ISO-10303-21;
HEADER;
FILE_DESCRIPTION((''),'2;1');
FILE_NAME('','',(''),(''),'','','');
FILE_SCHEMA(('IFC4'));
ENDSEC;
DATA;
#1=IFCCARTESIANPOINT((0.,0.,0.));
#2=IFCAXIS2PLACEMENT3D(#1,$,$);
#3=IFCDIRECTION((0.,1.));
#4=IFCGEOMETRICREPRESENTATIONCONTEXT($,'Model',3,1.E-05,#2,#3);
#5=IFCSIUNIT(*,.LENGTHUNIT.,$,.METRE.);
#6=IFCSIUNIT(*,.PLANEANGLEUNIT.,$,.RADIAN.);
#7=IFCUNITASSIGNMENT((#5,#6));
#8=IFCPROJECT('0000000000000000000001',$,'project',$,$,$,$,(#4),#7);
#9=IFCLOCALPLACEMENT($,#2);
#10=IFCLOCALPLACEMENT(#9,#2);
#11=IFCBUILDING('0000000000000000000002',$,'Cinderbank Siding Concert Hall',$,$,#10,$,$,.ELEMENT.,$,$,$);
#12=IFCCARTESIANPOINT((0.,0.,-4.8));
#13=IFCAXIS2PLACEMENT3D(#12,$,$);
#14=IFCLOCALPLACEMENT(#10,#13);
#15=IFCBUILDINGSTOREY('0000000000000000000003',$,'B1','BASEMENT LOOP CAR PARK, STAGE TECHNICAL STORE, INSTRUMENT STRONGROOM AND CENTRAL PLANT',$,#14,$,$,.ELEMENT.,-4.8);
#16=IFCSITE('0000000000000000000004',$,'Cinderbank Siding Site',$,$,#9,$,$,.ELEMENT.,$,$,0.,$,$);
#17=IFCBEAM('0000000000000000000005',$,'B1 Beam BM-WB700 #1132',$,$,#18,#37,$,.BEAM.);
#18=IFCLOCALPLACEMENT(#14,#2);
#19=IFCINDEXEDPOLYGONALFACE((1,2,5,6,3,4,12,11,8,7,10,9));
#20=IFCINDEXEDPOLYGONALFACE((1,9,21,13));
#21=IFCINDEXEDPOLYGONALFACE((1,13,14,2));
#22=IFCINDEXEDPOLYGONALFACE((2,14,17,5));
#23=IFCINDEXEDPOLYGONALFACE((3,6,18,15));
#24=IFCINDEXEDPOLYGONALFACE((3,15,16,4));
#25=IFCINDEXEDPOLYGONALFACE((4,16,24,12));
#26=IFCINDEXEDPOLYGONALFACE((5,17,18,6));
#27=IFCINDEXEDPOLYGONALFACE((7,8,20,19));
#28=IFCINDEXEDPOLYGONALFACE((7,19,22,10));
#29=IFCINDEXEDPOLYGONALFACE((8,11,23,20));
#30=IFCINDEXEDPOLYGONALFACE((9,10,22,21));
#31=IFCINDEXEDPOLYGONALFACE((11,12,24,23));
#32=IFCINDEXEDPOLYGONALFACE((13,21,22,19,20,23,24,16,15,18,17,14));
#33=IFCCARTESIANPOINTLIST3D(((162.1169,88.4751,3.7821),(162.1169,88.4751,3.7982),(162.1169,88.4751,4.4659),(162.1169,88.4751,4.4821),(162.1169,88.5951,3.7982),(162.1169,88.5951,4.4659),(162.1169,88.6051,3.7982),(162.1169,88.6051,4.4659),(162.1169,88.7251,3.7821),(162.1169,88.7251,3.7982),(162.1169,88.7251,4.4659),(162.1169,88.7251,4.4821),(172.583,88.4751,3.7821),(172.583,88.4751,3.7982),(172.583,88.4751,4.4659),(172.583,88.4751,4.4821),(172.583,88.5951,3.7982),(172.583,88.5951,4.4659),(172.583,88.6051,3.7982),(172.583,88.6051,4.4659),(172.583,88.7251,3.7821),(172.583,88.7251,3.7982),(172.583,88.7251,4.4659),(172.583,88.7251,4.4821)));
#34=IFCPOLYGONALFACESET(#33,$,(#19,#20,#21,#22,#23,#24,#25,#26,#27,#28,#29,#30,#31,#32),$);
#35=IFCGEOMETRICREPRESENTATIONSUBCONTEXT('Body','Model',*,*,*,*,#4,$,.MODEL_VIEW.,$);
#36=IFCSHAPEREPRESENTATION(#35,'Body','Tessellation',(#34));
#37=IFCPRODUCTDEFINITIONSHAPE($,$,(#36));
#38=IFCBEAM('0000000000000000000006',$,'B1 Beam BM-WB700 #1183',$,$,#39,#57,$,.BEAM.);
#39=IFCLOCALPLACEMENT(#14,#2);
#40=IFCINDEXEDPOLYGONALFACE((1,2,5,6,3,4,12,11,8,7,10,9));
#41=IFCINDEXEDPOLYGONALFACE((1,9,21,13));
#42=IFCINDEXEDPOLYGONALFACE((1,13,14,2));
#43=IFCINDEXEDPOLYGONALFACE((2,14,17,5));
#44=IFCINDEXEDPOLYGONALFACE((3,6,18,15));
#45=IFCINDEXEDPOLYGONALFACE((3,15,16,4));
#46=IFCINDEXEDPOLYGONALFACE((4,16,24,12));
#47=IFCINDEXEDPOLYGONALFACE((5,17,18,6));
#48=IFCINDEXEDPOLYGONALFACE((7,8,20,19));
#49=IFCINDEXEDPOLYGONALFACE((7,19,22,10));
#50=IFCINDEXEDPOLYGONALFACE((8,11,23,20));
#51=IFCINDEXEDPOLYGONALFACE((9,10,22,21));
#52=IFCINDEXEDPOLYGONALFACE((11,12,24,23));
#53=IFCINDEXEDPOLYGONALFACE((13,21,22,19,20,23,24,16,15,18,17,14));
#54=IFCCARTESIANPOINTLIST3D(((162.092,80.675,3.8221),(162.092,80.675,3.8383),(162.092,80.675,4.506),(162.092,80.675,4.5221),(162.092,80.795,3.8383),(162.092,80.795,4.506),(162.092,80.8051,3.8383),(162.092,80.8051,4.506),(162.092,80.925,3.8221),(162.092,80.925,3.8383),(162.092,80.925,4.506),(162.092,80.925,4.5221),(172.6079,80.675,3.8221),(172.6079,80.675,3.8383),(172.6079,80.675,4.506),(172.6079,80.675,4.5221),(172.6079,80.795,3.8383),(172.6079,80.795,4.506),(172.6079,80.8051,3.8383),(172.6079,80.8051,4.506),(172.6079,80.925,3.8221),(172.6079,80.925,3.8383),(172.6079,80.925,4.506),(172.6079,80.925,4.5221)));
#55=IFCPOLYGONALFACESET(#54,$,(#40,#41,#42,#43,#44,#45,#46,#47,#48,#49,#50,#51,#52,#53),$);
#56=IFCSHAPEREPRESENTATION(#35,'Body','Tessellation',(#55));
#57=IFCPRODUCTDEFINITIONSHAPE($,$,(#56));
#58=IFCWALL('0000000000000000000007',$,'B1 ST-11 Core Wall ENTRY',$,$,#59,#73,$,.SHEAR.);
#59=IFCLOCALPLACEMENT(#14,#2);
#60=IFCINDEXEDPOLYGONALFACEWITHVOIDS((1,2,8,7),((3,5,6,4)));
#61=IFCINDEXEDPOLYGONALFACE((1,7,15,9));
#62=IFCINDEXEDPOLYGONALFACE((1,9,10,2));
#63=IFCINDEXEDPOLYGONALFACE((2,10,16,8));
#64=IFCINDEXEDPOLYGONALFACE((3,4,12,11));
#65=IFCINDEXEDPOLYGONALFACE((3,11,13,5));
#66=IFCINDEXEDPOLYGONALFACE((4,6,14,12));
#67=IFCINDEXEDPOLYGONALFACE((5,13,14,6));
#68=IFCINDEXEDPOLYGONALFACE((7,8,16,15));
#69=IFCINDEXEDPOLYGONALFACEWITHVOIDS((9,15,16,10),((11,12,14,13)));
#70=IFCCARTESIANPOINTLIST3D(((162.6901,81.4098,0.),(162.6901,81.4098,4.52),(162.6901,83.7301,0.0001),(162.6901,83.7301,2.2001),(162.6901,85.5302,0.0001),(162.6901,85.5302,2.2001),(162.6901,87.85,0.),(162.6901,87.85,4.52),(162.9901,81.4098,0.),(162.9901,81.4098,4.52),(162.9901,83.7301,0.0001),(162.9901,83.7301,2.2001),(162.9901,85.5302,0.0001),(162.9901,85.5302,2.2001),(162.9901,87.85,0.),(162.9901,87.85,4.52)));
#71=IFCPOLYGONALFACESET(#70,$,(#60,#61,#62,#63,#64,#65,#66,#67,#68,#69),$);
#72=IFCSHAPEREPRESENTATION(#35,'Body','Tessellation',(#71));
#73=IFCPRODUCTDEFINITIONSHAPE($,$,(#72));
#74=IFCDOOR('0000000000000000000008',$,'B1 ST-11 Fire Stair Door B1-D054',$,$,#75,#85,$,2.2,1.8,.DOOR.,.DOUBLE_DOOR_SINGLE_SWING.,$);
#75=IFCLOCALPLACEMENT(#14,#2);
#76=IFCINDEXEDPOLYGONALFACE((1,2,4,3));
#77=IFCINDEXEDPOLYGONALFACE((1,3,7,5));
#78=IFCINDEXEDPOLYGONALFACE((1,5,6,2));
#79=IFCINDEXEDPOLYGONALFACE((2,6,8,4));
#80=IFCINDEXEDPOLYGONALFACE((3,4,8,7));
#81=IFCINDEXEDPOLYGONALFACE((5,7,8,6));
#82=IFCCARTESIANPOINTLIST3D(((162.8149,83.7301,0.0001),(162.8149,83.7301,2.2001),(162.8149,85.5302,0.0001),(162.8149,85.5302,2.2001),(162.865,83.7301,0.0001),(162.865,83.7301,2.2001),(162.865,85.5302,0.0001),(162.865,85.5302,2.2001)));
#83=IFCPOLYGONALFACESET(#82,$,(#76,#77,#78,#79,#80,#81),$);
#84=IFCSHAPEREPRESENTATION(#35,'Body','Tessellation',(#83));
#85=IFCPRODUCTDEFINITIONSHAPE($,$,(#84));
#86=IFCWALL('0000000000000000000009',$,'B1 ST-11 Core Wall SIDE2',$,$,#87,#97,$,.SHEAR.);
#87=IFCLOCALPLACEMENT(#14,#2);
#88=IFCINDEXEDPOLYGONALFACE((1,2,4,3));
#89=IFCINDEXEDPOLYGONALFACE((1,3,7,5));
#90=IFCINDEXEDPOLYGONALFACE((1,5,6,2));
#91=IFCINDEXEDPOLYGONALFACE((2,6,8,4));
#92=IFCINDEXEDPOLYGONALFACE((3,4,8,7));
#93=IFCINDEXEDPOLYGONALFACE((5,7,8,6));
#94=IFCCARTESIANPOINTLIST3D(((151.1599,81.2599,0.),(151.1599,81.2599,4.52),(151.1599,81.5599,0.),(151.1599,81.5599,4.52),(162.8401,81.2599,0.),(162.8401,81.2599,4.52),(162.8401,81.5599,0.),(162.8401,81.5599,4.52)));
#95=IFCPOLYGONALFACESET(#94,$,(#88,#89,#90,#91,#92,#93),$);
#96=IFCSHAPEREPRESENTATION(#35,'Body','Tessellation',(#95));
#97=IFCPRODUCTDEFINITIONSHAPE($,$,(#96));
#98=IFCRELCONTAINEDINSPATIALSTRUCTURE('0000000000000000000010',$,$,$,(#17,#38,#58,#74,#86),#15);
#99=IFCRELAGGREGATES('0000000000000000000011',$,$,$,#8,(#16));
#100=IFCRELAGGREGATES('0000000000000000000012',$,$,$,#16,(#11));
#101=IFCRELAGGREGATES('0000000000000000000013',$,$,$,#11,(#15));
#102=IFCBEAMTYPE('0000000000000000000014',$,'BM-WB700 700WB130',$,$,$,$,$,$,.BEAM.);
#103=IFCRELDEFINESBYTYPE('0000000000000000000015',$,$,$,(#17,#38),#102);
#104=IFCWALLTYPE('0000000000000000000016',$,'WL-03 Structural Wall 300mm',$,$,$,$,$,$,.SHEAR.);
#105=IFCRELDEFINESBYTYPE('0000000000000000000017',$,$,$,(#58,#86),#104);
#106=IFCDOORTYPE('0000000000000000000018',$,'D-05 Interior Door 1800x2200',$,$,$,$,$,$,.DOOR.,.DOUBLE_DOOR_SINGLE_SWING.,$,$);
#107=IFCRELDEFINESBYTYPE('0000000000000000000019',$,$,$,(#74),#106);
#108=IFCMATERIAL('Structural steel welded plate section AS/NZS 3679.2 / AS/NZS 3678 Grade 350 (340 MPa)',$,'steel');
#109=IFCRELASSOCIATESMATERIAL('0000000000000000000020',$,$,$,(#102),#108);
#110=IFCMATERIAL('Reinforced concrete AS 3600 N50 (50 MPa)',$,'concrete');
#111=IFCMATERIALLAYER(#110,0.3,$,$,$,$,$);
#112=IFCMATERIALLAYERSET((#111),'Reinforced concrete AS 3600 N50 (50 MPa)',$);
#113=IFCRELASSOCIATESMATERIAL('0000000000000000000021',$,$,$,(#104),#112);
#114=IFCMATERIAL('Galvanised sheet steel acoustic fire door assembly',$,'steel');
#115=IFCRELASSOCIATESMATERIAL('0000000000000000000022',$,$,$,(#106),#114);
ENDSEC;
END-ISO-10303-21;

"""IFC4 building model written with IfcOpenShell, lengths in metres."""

from ifc_helpers import new_model, si_unit, direction, frame, frame_2d, origin, origin_2d, place, context, subcontext, project, spatial, rectangle, i_section, extrude, material, layer, layer_set, material_profile, profile_set, type_object, element, fill, save


model = new_model("IFC4")

# Units and contexts
model_context = context("Model", 3, precision=1e-05, world=origin(), true_north=direction((0.0, 1.0)))
body_context = subcontext(model_context, "Body", "Model", "MODEL_VIEW")
ifc_project = project(units=[si_unit("LENGTHUNIT", "METRE"), si_unit("PLANEANGLEUNIT", "RADIAN")], contexts=[model_context])

# Site, building, storey
site_placement = place(None, origin())
site = spatial("IfcSite", under=ifc_project, at=site_placement, Name="Cinderbank Siding Site", CompositionType="ELEMENT", RefElevation=0.0)
building_placement = place(site_placement, origin())
building = spatial("IfcBuilding", under=site, at=building_placement, Name="Cinderbank Siding Concert Hall", CompositionType="ELEMENT")
storey_placement = place(building_placement, frame((0.0, 0.0, -4.8)))
storey = spatial("IfcBuildingStorey", under=building, at=storey_placement, Name="B1", Description="BASEMENT LOOP CAR PARK, STAGE TECHNICAL STORE, INSTRUMENT STRONGROOM AND CENTRAL PLANT", CompositionType="ELEMENT", Elevation=-4.8)

# Shared definitions
ifc_material_1 = material(Name="Reinforced concrete AS 3600 N50 (50 MPa)", Category="concrete")

# Beams
ifc_material_2 = material(Name="Structural steel welded plate section AS/NZS 3679.2 / AS/NZS 3678 Grade 350 (340 MPa)", Category="steel")
ifc_material_profile_1 = material_profile(ifc_material_2, i_section(OverallWidth=0.25, OverallDepth=0.7, WebThickness=0.01, FlangeThickness=0.0161, at=origin_2d()), Name="700WB130", Category="LoadBearing")
ifc_profile_set_1 = profile_set([ifc_material_profile_1], Name="Structural steel welded plate section AS/NZS 3679.2 / AS/NZS 3678 Grade 350 (340 MPa)")
beam_type_1 = type_object("IfcBeamType", Name="BM-WB700 700WB130", PredefinedType="BEAM", material=ifc_profile_set_1)
beam_1_placement = place(storey_placement, frame((162.1169, 88.6001, 4.1321), z_axis=(1.0, 0.0, 0.0), x_axis=(0.0, 1.0, 0.0)))
element("IfcBeam", 1, at=beam_1_placement, inside=storey, type_object=beam_type_1, Name="B1 Beam BM-WB700 #1132", PredefinedType="BEAM", context=body_context, shape_type="SweptSolid", body=[
    extrude(i_section(OverallWidth=0.25, OverallDepth=0.7, WebThickness=0.01, FlangeThickness=0.0161, at=origin_2d()), origin(), (0.0, 0.0, 1.0), 10.4661),
])
beam_2_placement = place(storey_placement, frame((162.092, 80.8, 4.1721), z_axis=(1.0, 0.0, 0.0), x_axis=(0.0, 1.0, 0.0)))
element("IfcBeam", 2, at=beam_2_placement, inside=storey, type_object=beam_type_1, Name="B1 Beam BM-WB700 #1183", PredefinedType="BEAM", context=body_context, shape_type="SweptSolid", body=[
    extrude(i_section(OverallWidth=0.25, OverallDepth=0.7, WebThickness=0.01, FlangeThickness=0.0161, at=origin_2d()), origin(), (0.0, 0.0, 1.0), 10.5159),
])

# Wall, opening, door
ifc_layer_1 = layer(ifc_material_1, 0.3)
ifc_layer_set_1 = layer_set([ifc_layer_1], Name="Reinforced concrete AS 3600 N50 (50 MPa)")
wall_type = type_object("IfcWallType", Name="WL-03 Structural Wall 300mm", PredefinedType="SHEAR", material=ifc_layer_set_1)
wall_1_placement = place(storey_placement, frame((162.8401, 87.8501, 0.0), z_axis=(0.0, 0.0, 1.0), x_axis=(0.0, -1.0, 0.0)))
wall_1 = element("IfcWall", 3, at=wall_1_placement, inside=storey, type_object=wall_type, Name="B1 ST-11 Core Wall ENTRY", PredefinedType="SHEAR", context=body_context, shape_type="SweptSolid", body=[
    extrude(rectangle(XDim=6.4402, YDim=0.3, at=frame_2d((3.2202, 0.0))), origin(), (0.0, 0.0, 1.0), 4.52),
])
opening_placement = place(wall_1_placement, frame((2.3201, 0.0, 0.0)))
opening = element("IfcOpeningElement", 4, at=opening_placement, cuts=wall_1, PredefinedType="OPENING", context=body_context, shape_type="SweptSolid", body=[
    extrude(rectangle(XDim=1.8, YDim=2.2, at=frame_2d((0.8999, 1.1001))), frame((0.0, 0.1621, 0.0), z_axis=(0.0, -1.0, 0.0), x_axis=(1.0, 0.0, 0.0)), (0.0, 0.0, 1.0), 0.324),
])
ifc_material_3 = material(Name="Galvanised sheet steel acoustic fire door assembly", Category="steel")
door_type = type_object("IfcDoorType", Name="D-05 Interior Door 1800x2200", OperationType="DOUBLE_DOOR_SINGLE_SWING", PredefinedType="DOOR", material=ifc_material_3)
door_placement = place(opening_placement, origin())
door = element("IfcDoor", 5, at=door_placement, inside=storey, type_object=door_type, Name="B1 ST-11 Fire Stair Door B1-D054", OperationType="DOUBLE_DOOR_SINGLE_SWING", OverallHeight=2.2, OverallWidth=1.8, PredefinedType="DOOR", context=body_context, shape_type="SweptSolid", body=[
    extrude(rectangle(XDim=1.8, YDim=2.2, at=frame_2d((0.8999, 1.1001))), frame((0.0, 0.0249, 0.0), z_axis=(0.0, -1.0, 0.0), x_axis=(1.0, 0.0, 0.0)), (0.0, 0.0, 1.0), 0.05),
])
fill(opening, door)

# Wall
wall_2_placement = place(storey_placement, frame((162.8401, 81.4099, 0.0), z_axis=(0.0, 0.0, 1.0), x_axis=(-1.0, 0.0, 0.0)))
element("IfcWall", 6, at=wall_2_placement, inside=storey, type_object=wall_type, Name="B1 ST-11 Core Wall SIDE2", PredefinedType="SHEAR", context=body_context, shape_type="SweptSolid", body=[
    extrude(rectangle(XDim=11.6802, YDim=0.3, at=frame_2d((5.8401, 0.0))), origin(), (0.0, 0.0, 1.0), 4.52),
])

save(model, "model.ifc")
